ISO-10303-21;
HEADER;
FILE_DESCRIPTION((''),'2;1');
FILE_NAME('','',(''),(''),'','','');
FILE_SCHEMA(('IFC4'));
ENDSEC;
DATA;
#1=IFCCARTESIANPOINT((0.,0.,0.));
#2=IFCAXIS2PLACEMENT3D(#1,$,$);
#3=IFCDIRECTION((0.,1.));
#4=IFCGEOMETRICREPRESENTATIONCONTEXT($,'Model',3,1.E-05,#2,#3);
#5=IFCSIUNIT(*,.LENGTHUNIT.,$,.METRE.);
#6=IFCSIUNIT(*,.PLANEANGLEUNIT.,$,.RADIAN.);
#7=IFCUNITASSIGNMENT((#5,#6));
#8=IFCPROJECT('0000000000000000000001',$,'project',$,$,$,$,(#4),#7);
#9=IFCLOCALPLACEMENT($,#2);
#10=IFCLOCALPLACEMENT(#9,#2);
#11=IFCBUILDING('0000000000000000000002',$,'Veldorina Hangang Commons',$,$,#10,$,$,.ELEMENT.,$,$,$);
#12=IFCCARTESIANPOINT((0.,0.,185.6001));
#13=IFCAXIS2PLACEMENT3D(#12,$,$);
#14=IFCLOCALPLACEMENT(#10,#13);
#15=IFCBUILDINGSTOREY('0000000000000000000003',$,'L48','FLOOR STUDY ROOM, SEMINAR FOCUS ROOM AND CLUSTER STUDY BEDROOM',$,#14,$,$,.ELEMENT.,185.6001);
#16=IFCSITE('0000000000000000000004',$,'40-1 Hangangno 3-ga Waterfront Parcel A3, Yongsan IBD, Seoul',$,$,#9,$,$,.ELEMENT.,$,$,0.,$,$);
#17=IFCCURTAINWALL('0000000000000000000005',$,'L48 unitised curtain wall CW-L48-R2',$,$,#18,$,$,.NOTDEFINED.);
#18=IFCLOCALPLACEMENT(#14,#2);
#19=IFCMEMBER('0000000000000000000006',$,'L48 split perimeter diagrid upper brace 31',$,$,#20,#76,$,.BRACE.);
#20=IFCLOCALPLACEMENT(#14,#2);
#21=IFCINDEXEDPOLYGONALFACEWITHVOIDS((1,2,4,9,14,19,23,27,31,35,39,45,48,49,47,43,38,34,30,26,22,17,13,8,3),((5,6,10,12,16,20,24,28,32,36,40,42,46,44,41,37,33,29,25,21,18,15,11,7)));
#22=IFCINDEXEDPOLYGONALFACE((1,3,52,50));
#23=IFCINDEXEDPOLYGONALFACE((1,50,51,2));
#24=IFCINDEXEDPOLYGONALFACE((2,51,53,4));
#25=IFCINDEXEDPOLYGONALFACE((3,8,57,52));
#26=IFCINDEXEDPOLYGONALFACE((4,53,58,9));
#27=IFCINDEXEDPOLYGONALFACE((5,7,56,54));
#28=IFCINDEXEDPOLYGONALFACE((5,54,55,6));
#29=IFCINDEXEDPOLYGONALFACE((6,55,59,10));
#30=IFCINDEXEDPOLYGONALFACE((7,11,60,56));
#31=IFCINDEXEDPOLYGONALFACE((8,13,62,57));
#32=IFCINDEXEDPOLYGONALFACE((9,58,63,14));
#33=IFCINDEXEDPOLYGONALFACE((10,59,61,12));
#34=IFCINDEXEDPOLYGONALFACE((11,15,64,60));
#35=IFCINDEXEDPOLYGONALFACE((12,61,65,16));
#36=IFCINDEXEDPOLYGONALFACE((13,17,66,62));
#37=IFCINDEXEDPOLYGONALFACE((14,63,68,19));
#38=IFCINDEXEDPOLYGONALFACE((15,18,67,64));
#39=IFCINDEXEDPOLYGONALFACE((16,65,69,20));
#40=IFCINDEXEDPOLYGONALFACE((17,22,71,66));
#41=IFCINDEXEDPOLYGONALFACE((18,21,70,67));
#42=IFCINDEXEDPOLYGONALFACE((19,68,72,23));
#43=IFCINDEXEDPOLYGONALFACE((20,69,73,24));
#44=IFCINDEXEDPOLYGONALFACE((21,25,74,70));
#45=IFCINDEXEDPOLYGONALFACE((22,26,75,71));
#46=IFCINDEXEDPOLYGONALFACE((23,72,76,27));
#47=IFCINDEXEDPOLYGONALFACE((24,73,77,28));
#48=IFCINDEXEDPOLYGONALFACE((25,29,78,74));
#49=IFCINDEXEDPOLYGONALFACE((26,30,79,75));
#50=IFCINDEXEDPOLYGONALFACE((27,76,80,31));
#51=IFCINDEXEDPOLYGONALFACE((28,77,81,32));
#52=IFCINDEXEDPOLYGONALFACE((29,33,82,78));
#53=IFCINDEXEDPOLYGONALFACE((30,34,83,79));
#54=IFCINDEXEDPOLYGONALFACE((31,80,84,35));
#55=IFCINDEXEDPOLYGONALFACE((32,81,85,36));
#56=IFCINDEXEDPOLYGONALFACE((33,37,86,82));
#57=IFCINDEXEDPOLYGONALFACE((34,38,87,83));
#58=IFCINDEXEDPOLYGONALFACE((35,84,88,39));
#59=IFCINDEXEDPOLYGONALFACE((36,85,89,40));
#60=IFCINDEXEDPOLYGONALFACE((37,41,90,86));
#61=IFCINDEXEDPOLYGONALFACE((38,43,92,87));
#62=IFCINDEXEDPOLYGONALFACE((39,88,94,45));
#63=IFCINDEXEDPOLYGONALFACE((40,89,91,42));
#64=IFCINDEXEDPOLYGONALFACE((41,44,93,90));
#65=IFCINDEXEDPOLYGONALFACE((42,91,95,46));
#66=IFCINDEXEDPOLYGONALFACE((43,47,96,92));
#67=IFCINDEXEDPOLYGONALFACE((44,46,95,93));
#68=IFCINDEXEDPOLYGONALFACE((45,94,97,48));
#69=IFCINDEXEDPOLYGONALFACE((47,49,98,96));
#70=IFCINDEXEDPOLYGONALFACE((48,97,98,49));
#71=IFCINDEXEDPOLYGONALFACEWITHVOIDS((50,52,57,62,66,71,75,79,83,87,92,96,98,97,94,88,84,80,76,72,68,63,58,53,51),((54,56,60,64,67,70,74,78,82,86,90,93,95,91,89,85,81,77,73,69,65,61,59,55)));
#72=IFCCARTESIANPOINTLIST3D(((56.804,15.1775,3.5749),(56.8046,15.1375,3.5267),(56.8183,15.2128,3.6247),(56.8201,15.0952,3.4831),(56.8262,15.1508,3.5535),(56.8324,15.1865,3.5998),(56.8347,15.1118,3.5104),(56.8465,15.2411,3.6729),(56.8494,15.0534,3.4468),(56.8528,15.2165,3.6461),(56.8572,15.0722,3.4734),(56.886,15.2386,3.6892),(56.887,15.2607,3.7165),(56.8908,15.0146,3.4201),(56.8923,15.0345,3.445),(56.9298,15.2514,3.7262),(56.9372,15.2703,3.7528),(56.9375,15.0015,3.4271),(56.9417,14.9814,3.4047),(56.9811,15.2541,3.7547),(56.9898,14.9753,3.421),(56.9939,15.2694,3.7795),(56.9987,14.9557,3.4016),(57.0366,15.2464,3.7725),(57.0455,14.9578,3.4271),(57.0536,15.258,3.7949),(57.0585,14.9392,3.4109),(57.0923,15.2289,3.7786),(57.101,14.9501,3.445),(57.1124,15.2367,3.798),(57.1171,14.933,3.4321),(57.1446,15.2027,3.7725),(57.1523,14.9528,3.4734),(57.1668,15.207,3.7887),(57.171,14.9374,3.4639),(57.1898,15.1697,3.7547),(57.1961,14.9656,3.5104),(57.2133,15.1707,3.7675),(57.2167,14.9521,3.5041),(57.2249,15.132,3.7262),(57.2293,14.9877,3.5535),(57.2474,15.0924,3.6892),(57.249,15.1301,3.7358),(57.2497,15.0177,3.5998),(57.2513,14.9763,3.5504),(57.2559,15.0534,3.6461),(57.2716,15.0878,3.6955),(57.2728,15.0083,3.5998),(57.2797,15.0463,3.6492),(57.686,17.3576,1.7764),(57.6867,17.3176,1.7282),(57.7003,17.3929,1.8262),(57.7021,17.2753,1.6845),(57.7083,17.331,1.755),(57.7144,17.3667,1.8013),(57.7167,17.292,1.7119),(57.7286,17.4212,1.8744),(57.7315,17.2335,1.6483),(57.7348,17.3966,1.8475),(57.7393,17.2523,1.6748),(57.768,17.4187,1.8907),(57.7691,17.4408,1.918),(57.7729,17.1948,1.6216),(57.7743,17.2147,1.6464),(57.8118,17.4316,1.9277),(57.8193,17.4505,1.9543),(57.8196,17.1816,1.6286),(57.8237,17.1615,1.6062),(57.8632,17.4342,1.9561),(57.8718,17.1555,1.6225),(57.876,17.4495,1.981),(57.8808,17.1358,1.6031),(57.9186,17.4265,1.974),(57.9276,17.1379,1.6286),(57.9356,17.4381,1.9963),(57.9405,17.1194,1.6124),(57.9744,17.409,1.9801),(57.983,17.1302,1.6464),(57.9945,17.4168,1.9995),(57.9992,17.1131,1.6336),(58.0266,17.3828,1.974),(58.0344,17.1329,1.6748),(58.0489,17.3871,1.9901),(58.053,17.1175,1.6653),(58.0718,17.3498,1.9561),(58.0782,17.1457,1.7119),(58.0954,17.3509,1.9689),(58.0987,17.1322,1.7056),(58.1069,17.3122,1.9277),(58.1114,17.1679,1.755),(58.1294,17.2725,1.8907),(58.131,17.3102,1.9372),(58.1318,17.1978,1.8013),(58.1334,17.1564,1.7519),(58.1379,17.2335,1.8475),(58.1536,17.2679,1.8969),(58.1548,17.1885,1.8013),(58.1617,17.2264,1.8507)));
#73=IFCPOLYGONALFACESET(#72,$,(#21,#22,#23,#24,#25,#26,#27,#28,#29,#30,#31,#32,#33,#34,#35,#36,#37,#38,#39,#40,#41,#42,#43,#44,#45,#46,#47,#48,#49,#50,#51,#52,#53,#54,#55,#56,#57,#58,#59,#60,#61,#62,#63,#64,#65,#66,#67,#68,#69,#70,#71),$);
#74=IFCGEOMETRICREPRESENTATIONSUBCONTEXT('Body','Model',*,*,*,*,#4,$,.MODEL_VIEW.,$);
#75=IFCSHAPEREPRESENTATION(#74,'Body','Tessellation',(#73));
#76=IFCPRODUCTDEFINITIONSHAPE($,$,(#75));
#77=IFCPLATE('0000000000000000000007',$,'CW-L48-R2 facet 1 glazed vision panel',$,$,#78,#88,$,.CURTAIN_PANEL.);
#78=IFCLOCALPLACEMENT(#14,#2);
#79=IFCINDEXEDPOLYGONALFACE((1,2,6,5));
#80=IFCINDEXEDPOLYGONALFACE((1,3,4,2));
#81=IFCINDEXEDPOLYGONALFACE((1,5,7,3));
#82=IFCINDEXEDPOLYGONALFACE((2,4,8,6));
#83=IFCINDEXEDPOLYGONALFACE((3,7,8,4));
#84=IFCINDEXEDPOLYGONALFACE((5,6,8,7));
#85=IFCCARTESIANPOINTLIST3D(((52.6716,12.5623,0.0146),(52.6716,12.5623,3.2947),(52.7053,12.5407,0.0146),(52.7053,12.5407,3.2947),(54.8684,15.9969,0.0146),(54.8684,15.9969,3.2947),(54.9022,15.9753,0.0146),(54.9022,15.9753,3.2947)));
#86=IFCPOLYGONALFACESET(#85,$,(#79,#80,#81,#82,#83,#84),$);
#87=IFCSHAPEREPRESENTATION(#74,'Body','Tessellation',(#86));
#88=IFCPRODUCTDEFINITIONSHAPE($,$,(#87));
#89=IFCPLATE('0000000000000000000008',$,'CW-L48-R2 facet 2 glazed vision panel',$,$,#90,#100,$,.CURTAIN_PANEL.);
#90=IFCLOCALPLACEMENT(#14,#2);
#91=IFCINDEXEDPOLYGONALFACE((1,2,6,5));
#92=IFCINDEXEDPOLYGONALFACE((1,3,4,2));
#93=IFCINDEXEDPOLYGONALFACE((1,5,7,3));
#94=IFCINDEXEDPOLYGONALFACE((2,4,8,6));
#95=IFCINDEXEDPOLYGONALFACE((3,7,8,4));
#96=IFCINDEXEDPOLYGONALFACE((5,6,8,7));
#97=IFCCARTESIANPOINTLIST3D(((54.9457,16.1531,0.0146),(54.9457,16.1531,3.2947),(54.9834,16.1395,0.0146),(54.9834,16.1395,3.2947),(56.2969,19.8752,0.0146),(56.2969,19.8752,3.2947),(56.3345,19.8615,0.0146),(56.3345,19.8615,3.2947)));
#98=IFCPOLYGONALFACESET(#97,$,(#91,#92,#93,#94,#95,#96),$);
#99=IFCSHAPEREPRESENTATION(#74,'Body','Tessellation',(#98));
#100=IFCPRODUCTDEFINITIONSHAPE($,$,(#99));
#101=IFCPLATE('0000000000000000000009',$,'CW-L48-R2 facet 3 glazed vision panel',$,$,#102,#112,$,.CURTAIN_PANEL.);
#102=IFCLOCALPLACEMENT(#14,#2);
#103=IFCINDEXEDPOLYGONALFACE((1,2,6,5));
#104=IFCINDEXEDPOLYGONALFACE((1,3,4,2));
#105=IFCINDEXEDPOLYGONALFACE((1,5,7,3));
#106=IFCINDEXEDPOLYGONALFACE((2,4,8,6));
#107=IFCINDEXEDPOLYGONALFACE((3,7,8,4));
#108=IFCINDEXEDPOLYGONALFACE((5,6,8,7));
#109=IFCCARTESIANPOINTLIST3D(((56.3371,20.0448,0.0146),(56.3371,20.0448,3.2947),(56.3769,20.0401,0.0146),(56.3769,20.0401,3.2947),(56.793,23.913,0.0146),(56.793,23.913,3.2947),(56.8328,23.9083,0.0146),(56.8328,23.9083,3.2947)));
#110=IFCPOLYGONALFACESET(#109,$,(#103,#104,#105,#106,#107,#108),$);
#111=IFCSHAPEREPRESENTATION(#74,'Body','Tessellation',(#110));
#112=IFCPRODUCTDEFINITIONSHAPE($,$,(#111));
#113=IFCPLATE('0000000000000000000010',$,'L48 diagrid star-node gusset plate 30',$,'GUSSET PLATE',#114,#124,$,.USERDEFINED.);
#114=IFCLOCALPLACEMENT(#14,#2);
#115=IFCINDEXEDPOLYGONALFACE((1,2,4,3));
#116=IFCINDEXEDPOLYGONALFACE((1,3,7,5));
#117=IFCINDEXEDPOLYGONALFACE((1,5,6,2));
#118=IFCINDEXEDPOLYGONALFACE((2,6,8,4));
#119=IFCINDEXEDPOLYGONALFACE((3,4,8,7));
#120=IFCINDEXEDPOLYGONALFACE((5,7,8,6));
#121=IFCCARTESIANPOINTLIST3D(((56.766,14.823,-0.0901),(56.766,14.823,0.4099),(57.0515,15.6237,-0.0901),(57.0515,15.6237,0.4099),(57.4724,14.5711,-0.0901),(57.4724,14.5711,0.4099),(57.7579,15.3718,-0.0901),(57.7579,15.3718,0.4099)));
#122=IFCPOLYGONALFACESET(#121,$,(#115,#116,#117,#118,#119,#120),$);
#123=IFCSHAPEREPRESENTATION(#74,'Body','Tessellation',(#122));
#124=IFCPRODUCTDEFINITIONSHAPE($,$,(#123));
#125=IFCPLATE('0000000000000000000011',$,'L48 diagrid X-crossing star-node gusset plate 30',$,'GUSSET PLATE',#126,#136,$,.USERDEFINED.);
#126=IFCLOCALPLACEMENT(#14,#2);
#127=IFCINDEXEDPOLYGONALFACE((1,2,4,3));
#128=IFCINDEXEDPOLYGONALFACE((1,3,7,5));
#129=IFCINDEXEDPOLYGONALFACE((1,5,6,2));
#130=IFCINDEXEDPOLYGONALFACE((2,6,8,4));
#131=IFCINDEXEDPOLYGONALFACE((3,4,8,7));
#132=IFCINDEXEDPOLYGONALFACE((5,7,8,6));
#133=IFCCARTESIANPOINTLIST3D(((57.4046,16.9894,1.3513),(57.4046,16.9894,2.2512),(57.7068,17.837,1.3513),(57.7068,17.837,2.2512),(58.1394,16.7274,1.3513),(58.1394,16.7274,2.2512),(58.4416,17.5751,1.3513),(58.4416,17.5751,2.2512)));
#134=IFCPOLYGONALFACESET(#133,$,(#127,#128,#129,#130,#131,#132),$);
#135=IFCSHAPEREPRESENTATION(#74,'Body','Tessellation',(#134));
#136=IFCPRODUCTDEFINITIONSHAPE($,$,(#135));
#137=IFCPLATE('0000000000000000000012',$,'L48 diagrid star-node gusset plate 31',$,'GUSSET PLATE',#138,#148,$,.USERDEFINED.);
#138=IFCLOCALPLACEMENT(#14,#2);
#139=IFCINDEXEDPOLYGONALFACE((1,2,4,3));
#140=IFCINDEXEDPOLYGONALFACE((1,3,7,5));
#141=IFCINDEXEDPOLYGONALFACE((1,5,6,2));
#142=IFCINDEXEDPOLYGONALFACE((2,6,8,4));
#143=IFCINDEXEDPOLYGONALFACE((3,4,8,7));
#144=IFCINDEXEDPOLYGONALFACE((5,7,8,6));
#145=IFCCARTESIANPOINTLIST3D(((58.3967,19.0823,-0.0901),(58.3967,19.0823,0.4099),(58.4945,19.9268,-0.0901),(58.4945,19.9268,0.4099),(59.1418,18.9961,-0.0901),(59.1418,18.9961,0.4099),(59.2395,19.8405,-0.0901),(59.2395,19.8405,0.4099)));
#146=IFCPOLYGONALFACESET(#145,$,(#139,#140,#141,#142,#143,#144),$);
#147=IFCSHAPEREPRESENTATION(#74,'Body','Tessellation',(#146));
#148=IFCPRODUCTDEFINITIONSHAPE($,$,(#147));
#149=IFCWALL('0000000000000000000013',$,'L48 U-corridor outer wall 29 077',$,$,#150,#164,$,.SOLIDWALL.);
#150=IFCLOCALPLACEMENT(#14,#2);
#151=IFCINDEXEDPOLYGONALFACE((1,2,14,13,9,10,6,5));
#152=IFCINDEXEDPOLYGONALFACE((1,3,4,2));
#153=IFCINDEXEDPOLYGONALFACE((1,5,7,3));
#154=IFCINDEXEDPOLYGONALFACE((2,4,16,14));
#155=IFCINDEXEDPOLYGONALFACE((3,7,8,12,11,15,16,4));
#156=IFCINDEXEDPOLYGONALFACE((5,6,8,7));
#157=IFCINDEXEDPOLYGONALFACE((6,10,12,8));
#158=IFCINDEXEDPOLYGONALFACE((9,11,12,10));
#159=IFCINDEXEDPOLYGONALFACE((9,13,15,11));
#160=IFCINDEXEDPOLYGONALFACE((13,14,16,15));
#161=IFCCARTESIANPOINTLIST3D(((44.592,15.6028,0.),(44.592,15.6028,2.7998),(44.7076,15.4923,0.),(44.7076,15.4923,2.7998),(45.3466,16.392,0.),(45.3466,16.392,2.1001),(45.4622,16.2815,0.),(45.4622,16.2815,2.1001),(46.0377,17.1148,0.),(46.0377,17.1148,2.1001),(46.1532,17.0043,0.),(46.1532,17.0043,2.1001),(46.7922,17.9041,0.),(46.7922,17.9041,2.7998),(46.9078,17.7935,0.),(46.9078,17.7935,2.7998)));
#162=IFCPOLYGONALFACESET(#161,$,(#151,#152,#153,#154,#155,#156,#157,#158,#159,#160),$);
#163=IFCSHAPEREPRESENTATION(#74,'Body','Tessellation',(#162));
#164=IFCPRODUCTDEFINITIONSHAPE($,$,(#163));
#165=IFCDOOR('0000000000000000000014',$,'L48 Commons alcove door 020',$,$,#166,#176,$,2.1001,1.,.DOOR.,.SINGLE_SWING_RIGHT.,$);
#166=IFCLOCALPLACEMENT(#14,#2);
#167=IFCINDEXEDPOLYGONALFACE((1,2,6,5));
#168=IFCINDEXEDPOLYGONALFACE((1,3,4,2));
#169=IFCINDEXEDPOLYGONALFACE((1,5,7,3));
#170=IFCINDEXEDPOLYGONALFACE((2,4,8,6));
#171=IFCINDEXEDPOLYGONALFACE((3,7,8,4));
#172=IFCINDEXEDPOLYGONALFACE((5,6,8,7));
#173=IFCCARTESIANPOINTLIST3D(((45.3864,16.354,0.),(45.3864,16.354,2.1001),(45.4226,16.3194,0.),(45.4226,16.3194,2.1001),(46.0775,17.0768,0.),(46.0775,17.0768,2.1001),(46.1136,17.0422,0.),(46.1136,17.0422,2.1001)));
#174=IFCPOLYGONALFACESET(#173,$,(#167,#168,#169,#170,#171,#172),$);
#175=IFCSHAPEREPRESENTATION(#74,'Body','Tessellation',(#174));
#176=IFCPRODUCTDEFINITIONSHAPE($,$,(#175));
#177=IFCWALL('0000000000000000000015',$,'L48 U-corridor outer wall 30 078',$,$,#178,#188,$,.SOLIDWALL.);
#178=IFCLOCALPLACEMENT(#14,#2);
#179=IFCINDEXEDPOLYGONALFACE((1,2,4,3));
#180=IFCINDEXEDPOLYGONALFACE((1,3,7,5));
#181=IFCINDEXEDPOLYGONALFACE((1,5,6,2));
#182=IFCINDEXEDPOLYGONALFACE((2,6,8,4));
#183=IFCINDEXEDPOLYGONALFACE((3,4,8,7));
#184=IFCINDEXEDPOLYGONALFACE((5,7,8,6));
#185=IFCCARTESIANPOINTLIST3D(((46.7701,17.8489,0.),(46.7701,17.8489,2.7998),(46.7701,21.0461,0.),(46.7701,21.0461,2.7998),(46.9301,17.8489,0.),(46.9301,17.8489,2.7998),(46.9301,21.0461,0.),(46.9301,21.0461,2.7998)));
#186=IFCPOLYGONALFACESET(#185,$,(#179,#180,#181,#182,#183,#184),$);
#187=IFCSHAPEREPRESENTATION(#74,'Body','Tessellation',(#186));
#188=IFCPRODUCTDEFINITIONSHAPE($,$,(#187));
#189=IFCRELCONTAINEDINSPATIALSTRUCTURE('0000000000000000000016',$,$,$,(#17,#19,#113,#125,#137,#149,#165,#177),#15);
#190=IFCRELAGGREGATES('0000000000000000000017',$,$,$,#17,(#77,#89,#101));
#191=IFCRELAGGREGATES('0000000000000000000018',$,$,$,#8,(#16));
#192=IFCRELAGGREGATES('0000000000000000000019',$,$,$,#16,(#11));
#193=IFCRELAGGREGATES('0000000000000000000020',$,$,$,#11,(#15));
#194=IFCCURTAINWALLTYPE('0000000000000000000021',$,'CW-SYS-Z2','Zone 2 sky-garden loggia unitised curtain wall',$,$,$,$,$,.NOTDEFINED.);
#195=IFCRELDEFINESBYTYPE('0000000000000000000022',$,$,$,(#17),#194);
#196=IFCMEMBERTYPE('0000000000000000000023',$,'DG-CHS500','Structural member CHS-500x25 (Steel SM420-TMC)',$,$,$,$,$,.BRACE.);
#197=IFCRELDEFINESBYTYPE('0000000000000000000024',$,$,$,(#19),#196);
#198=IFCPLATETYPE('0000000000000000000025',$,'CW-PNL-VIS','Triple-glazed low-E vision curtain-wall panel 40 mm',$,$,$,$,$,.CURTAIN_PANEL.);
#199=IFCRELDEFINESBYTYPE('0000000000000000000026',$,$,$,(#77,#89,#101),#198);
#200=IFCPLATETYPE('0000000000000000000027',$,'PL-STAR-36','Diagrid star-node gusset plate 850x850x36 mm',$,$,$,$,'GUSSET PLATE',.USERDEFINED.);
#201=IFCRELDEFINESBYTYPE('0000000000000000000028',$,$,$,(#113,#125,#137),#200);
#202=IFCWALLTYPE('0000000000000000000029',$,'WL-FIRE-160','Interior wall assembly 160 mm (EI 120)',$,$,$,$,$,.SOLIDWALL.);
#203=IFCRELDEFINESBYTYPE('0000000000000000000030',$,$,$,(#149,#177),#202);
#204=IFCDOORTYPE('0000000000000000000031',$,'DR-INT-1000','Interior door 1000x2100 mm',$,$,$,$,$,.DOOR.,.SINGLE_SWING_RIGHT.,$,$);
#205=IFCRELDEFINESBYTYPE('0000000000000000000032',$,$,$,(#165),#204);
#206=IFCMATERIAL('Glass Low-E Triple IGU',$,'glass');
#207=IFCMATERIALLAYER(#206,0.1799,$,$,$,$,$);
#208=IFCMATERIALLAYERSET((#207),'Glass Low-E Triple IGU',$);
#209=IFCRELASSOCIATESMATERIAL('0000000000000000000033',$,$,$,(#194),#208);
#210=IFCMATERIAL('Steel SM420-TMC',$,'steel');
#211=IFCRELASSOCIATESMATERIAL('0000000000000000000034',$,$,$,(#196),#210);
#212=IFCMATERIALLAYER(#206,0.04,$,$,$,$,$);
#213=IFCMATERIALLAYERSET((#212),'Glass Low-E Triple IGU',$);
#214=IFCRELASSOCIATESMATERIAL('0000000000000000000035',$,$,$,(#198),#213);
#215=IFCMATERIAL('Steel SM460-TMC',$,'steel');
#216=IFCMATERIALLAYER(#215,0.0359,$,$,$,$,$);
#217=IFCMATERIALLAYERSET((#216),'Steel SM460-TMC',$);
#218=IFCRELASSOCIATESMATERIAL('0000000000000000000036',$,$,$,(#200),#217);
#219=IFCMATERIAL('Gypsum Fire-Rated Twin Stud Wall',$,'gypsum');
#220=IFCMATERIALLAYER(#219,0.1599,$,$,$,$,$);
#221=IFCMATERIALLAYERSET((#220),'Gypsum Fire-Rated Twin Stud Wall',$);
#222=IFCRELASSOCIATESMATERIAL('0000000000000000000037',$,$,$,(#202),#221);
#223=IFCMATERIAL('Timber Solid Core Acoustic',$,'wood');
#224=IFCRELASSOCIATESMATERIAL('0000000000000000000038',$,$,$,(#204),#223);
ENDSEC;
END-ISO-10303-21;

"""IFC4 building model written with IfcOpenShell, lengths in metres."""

from ifc_helpers import new_model, si_unit, direction, frame, frame_2d, origin, origin_2d, place, context, subcontext, project, spatial, rectangle, hollow_circle, extrude, material, layer, layer_set, material_profile, profile_set, type_object, element, fill, aggregate, save


model = new_model("IFC4")

# Units and contexts
model_context = context("Model", 3, precision=1e-05, world=origin(), true_north=direction((0.0, 1.0)))
body_context = subcontext(model_context, "Body", "Model", "MODEL_VIEW")
ifc_project = project(units=[si_unit("LENGTHUNIT", "METRE"), si_unit("PLANEANGLEUNIT", "RADIAN")], contexts=[model_context])

# Site, building, storey
site_placement = place(None, origin())
site = spatial("IfcSite", under=ifc_project, at=site_placement, Name="40-1 Hangangno 3-ga Waterfront Parcel A3, Yongsan IBD, Seoul", CompositionType="ELEMENT", RefElevation=0.0)
building_placement = place(site_placement, origin())
building = spatial("IfcBuilding", under=site, at=building_placement, Name="Veldorina Hangang Commons", CompositionType="ELEMENT")
storey_placement = place(building_placement, frame((0.0, 0.0, 185.6001)))
storey = spatial("IfcBuildingStorey", under=building, at=storey_placement, Name="L48", Description="FLOOR STUDY ROOM, SEMINAR FOCUS ROOM AND CLUSTER STUDY BEDROOM", CompositionType="ELEMENT", Elevation=185.6001)

# Shared definitions
ifc_material_1 = material(Name="Steel SM420-TMC", Category="steel")

# Curtain wall
ifc_material_2 = material(Name="Glass Low-E Triple IGU", Category="glass")
ifc_layer_1 = layer(ifc_material_2, 0.1799)
ifc_layer_set_1 = layer_set([ifc_layer_1], Name="Glass Low-E Triple IGU")
curtain_wall_type = type_object("IfcCurtainWallType", Name="CW-SYS-Z2", Description="Zone 2 sky-garden loggia unitised curtain wall", PredefinedType="NOTDEFINED", material=ifc_layer_set_1)
curtain_wall_placement = place(storey_placement, origin())
curtain_wall = element("IfcCurtainWall", 1, at=curtain_wall_placement, inside=storey, type_object=curtain_wall_type, Name="L48 unitised curtain wall CW-L48-R2", PredefinedType="NOTDEFINED")

# Member
ifc_material_profile_1 = material_profile(ifc_material_1, hollow_circle(Radius=0.25, WallThickness=0.0249, at=origin_2d()), Name="CHS-500x25")
ifc_profile_set_1 = profile_set([ifc_material_profile_1], Name="Steel SM420-TMC")
member_type_1 = type_object("IfcMemberType", Name="DG-CHS500", Description="Structural member CHS-500x25 (Steel SM420-TMC)", PredefinedType="BRACE", material=ifc_profile_set_1)
member_1_placement = place(storey_placement, frame((57.9231, 17.2822, 1.8013), z_axis=(-0.297923, -0.736355, 0.607472), x_axis=(0.927002, -0.375057, 0.0)))
element("IfcMember", 2, at=member_1_placement, inside=storey, type_object=member_type_1, Name="L48 split perimeter diagrid upper brace 31", PredefinedType="BRACE", context=body_context, shape_type="SweptSolid", body=[
    extrude(hollow_circle(Radius=0.25, WallThickness=0.0249, at=origin_2d()), origin(), (0.0, 0.0, 1.0), 2.9607),
])

# Plates
ifc_layer_2 = layer(ifc_material_2, 0.04)
ifc_layer_set_2 = layer_set([ifc_layer_2], Name="Glass Low-E Triple IGU")
plate_type_1 = type_object("IfcPlateType", Name="CW-PNL-VIS", Description="Triple-glazed low-E vision curtain-wall panel 40 mm", PredefinedType="CURTAIN_PANEL", material=ifc_layer_set_2)
plate_1_placement = place(storey_placement, frame((53.7869, 14.2688, 0.0146), z_axis=(0.0, 0.0, 1.0), x_axis=(0.53883, 0.842415, 0.0)))
plate_1 = element("IfcPlate", 3, at=plate_1_placement, type_object=plate_type_1, Name="CW-L48-R2 facet 1 glazed vision panel", PredefinedType="CURTAIN_PANEL", context=body_context, shape_type="SweptSolid", body=[
    extrude(rectangle(XDim=4.0771, YDim=0.04, at=origin_2d()), origin(), (0.0, 0.0, 1.0), 3.28),
])
plate_2_placement = place(storey_placement, frame((55.6401, 18.0073, 0.0146), z_axis=(0.0, 0.0, 1.0), x_axis=(0.341233, 0.939979, 0.0)))
plate_2 = element("IfcPlate", 4, at=plate_2_placement, type_object=plate_type_1, Name="CW-L48-R2 facet 2 glazed vision panel", PredefinedType="CURTAIN_PANEL", context=body_context, shape_type="SweptSolid", body=[
    extrude(rectangle(XDim=3.9597, YDim=0.04, at=origin_2d()), origin(), (0.0, 0.0, 1.0), 3.28),
])
plate_3_placement = place(storey_placement, frame((56.585, 21.9766, 0.0146), z_axis=(0.0, 0.0, 1.0), x_axis=(0.117052, 0.993126, 0.0)))
plate_3 = element("IfcPlate", 5, at=plate_3_placement, type_object=plate_type_1, Name="CW-L48-R2 facet 3 glazed vision panel", PredefinedType="CURTAIN_PANEL", context=body_context, shape_type="SweptSolid", body=[
    extrude(rectangle(XDim=3.895, YDim=0.04, at=origin_2d()), origin(), (0.0, 0.0, 1.0), 3.28),
])
aggregate(curtain_wall, [plate_1, plate_2, plate_3])

# Plates
ifc_material_3 = material(Name="Steel SM460-TMC", Category="steel")
ifc_layer_3 = layer(ifc_material_3, 0.0359)
ifc_layer_set_3 = layer_set([ifc_layer_3], Name="Steel SM460-TMC")
plate_type_2 = type_object("IfcPlateType", Name="PL-STAR-36", Description="Diagrid star-node gusset plate 850x850x36 mm", ElementType="GUSSET PLATE", PredefinedType="USERDEFINED", material=ifc_layer_set_3)
plate_4_placement = place(storey_placement, frame((57.262, 15.0974, -0.0901), z_axis=(0.0, 0.0, 1.0), x_axis=(0.33583, 0.941923, 0.0)))
element("IfcPlate", 6, at=plate_4_placement, inside=storey, type_object=plate_type_2, Name="L48 diagrid star-node gusset plate 30", ObjectType="GUSSET PLATE", PredefinedType="USERDEFINED", context=body_context, shape_type="SweptSolid", body=[
    extrude(rectangle(XDim=0.8501, YDim=0.75, at=origin_2d()), origin(), (0.0, 0.0, 1.0), 0.5),
])
plate_5_placement = place(storey_placement, frame((57.9231, 17.2822, 1.3513), z_axis=(0.0, 0.0, 1.0), x_axis=(0.33583, 0.941923, 0.0)))
element("IfcPlate", 7, at=plate_5_placement, inside=storey, type_object=plate_type_2, Name="L48 diagrid X-crossing star-node gusset plate 30", ObjectType="GUSSET PLATE", PredefinedType="USERDEFINED", context=body_context, shape_type="SweptSolid", body=[
    extrude(rectangle(XDim=0.8999, YDim=0.78, at=origin_2d()), origin(), (0.0, 0.0, 1.0), 0.8999),
])
plate_6_placement = place(storey_placement, frame((58.8181, 19.4614, -0.0901), z_axis=(0.0, 0.0, 1.0), x_axis=(0.114989, 0.993367, 0.0)))
element("IfcPlate", 8, at=plate_6_placement, inside=storey, type_object=plate_type_2, Name="L48 diagrid star-node gusset plate 31", ObjectType="GUSSET PLATE", PredefinedType="USERDEFINED", context=body_context, shape_type="SweptSolid", body=[
    extrude(rectangle(XDim=0.8501, YDim=0.75, at=origin_2d()), origin(), (0.0, 0.0, 1.0), 0.5),
])

# Wall, opening, door
ifc_material_4 = material(Name="Gypsum Fire-Rated Twin Stud Wall", Category="gypsum")
ifc_layer_4 = layer(ifc_material_4, 0.1599)
ifc_layer_set_4 = layer_set([ifc_layer_4], Name="Gypsum Fire-Rated Twin Stud Wall")
wall_type_1 = type_object("IfcWallType", Name="WL-FIRE-160", Description="Interior wall assembly 160 mm (EI 120)", PredefinedType="SOLIDWALL", material=ifc_layer_set_4)
wall_1_placement = place(storey_placement, frame((44.6499, 15.5476, 0.0), z_axis=(0.0, 0.0, 1.0), x_axis=(0.691055, 0.722802, 0.0)))
wall_1 = element("IfcWall", 9, at=wall_1_placement, inside=storey, type_object=wall_type_1, Name="L48 U-corridor outer wall 29 077", PredefinedType="SOLIDWALL", context=body_context, shape_type="SweptSolid", body=[
    extrude(rectangle(XDim=3.1838, YDim=0.1599, at=frame_2d((1.5918, 0.0))), origin(), (0.0, 0.0, 1.0), 2.7998),
])
opening_placement = place(wall_1_placement, frame((1.0918, 0.0, 0.0)))
opening = element("IfcOpeningElement", 10, at=opening_placement, cuts=wall_1, PredefinedType="OPENING", context=body_context, shape_type="SweptSolid", body=[
    extrude(rectangle(XDim=1.0, YDim=2.1001, at=frame_2d((0.5, 1.05))), frame((0.0, 0.0898, 0.0), z_axis=(0.0, -1.0, 0.0), x_axis=(1.0, 0.0, 0.0)), (0.0, 0.0, 1.0), 0.1799),
])
ifc_material_5 = material(Name="Timber Solid Core Acoustic", Category="wood")
door_type = type_object("IfcDoorType", Name="DR-INT-1000", Description="Interior door 1000x2100 mm", OperationType="SINGLE_SWING_RIGHT", PredefinedType="DOOR", material=ifc_material_5)
door_placement = place(opening_placement, origin())
door = element("IfcDoor", 11, at=door_placement, inside=storey, type_object=door_type, Name="L48 Commons alcove door 020", OperationType="SINGLE_SWING_RIGHT", OverallHeight=2.1001, OverallWidth=1.0, PredefinedType="DOOR", context=body_context, shape_type="SweptSolid", body=[
    extrude(rectangle(XDim=1.0, YDim=2.1001, at=frame_2d((0.5, 1.05))), frame((0.0, 0.0249, 0.0), z_axis=(0.0, -1.0, 0.0), x_axis=(1.0, 0.0, 0.0)), (0.0, 0.0, 1.0), 0.05),
])
fill(opening, door)

# Wall
wall_2_placement = place(storey_placement, frame((46.8501, 17.8489, 0.0), z_axis=(0.0, 0.0, 1.0), x_axis=(0.0, 1.0, 0.0)))
element("IfcWall", 12, at=wall_2_placement, inside=storey, type_object=wall_type_1, Name="L48 U-corridor outer wall 30 078", PredefinedType="SOLIDWALL", context=body_context, shape_type="SweptSolid", body=[
    extrude(rectangle(XDim=3.1973, YDim=0.1599, at=frame_2d((1.5986, 0.0))), origin(), (0.0, 0.0, 1.0), 2.7998),
])

save(model, "model.ifc")
